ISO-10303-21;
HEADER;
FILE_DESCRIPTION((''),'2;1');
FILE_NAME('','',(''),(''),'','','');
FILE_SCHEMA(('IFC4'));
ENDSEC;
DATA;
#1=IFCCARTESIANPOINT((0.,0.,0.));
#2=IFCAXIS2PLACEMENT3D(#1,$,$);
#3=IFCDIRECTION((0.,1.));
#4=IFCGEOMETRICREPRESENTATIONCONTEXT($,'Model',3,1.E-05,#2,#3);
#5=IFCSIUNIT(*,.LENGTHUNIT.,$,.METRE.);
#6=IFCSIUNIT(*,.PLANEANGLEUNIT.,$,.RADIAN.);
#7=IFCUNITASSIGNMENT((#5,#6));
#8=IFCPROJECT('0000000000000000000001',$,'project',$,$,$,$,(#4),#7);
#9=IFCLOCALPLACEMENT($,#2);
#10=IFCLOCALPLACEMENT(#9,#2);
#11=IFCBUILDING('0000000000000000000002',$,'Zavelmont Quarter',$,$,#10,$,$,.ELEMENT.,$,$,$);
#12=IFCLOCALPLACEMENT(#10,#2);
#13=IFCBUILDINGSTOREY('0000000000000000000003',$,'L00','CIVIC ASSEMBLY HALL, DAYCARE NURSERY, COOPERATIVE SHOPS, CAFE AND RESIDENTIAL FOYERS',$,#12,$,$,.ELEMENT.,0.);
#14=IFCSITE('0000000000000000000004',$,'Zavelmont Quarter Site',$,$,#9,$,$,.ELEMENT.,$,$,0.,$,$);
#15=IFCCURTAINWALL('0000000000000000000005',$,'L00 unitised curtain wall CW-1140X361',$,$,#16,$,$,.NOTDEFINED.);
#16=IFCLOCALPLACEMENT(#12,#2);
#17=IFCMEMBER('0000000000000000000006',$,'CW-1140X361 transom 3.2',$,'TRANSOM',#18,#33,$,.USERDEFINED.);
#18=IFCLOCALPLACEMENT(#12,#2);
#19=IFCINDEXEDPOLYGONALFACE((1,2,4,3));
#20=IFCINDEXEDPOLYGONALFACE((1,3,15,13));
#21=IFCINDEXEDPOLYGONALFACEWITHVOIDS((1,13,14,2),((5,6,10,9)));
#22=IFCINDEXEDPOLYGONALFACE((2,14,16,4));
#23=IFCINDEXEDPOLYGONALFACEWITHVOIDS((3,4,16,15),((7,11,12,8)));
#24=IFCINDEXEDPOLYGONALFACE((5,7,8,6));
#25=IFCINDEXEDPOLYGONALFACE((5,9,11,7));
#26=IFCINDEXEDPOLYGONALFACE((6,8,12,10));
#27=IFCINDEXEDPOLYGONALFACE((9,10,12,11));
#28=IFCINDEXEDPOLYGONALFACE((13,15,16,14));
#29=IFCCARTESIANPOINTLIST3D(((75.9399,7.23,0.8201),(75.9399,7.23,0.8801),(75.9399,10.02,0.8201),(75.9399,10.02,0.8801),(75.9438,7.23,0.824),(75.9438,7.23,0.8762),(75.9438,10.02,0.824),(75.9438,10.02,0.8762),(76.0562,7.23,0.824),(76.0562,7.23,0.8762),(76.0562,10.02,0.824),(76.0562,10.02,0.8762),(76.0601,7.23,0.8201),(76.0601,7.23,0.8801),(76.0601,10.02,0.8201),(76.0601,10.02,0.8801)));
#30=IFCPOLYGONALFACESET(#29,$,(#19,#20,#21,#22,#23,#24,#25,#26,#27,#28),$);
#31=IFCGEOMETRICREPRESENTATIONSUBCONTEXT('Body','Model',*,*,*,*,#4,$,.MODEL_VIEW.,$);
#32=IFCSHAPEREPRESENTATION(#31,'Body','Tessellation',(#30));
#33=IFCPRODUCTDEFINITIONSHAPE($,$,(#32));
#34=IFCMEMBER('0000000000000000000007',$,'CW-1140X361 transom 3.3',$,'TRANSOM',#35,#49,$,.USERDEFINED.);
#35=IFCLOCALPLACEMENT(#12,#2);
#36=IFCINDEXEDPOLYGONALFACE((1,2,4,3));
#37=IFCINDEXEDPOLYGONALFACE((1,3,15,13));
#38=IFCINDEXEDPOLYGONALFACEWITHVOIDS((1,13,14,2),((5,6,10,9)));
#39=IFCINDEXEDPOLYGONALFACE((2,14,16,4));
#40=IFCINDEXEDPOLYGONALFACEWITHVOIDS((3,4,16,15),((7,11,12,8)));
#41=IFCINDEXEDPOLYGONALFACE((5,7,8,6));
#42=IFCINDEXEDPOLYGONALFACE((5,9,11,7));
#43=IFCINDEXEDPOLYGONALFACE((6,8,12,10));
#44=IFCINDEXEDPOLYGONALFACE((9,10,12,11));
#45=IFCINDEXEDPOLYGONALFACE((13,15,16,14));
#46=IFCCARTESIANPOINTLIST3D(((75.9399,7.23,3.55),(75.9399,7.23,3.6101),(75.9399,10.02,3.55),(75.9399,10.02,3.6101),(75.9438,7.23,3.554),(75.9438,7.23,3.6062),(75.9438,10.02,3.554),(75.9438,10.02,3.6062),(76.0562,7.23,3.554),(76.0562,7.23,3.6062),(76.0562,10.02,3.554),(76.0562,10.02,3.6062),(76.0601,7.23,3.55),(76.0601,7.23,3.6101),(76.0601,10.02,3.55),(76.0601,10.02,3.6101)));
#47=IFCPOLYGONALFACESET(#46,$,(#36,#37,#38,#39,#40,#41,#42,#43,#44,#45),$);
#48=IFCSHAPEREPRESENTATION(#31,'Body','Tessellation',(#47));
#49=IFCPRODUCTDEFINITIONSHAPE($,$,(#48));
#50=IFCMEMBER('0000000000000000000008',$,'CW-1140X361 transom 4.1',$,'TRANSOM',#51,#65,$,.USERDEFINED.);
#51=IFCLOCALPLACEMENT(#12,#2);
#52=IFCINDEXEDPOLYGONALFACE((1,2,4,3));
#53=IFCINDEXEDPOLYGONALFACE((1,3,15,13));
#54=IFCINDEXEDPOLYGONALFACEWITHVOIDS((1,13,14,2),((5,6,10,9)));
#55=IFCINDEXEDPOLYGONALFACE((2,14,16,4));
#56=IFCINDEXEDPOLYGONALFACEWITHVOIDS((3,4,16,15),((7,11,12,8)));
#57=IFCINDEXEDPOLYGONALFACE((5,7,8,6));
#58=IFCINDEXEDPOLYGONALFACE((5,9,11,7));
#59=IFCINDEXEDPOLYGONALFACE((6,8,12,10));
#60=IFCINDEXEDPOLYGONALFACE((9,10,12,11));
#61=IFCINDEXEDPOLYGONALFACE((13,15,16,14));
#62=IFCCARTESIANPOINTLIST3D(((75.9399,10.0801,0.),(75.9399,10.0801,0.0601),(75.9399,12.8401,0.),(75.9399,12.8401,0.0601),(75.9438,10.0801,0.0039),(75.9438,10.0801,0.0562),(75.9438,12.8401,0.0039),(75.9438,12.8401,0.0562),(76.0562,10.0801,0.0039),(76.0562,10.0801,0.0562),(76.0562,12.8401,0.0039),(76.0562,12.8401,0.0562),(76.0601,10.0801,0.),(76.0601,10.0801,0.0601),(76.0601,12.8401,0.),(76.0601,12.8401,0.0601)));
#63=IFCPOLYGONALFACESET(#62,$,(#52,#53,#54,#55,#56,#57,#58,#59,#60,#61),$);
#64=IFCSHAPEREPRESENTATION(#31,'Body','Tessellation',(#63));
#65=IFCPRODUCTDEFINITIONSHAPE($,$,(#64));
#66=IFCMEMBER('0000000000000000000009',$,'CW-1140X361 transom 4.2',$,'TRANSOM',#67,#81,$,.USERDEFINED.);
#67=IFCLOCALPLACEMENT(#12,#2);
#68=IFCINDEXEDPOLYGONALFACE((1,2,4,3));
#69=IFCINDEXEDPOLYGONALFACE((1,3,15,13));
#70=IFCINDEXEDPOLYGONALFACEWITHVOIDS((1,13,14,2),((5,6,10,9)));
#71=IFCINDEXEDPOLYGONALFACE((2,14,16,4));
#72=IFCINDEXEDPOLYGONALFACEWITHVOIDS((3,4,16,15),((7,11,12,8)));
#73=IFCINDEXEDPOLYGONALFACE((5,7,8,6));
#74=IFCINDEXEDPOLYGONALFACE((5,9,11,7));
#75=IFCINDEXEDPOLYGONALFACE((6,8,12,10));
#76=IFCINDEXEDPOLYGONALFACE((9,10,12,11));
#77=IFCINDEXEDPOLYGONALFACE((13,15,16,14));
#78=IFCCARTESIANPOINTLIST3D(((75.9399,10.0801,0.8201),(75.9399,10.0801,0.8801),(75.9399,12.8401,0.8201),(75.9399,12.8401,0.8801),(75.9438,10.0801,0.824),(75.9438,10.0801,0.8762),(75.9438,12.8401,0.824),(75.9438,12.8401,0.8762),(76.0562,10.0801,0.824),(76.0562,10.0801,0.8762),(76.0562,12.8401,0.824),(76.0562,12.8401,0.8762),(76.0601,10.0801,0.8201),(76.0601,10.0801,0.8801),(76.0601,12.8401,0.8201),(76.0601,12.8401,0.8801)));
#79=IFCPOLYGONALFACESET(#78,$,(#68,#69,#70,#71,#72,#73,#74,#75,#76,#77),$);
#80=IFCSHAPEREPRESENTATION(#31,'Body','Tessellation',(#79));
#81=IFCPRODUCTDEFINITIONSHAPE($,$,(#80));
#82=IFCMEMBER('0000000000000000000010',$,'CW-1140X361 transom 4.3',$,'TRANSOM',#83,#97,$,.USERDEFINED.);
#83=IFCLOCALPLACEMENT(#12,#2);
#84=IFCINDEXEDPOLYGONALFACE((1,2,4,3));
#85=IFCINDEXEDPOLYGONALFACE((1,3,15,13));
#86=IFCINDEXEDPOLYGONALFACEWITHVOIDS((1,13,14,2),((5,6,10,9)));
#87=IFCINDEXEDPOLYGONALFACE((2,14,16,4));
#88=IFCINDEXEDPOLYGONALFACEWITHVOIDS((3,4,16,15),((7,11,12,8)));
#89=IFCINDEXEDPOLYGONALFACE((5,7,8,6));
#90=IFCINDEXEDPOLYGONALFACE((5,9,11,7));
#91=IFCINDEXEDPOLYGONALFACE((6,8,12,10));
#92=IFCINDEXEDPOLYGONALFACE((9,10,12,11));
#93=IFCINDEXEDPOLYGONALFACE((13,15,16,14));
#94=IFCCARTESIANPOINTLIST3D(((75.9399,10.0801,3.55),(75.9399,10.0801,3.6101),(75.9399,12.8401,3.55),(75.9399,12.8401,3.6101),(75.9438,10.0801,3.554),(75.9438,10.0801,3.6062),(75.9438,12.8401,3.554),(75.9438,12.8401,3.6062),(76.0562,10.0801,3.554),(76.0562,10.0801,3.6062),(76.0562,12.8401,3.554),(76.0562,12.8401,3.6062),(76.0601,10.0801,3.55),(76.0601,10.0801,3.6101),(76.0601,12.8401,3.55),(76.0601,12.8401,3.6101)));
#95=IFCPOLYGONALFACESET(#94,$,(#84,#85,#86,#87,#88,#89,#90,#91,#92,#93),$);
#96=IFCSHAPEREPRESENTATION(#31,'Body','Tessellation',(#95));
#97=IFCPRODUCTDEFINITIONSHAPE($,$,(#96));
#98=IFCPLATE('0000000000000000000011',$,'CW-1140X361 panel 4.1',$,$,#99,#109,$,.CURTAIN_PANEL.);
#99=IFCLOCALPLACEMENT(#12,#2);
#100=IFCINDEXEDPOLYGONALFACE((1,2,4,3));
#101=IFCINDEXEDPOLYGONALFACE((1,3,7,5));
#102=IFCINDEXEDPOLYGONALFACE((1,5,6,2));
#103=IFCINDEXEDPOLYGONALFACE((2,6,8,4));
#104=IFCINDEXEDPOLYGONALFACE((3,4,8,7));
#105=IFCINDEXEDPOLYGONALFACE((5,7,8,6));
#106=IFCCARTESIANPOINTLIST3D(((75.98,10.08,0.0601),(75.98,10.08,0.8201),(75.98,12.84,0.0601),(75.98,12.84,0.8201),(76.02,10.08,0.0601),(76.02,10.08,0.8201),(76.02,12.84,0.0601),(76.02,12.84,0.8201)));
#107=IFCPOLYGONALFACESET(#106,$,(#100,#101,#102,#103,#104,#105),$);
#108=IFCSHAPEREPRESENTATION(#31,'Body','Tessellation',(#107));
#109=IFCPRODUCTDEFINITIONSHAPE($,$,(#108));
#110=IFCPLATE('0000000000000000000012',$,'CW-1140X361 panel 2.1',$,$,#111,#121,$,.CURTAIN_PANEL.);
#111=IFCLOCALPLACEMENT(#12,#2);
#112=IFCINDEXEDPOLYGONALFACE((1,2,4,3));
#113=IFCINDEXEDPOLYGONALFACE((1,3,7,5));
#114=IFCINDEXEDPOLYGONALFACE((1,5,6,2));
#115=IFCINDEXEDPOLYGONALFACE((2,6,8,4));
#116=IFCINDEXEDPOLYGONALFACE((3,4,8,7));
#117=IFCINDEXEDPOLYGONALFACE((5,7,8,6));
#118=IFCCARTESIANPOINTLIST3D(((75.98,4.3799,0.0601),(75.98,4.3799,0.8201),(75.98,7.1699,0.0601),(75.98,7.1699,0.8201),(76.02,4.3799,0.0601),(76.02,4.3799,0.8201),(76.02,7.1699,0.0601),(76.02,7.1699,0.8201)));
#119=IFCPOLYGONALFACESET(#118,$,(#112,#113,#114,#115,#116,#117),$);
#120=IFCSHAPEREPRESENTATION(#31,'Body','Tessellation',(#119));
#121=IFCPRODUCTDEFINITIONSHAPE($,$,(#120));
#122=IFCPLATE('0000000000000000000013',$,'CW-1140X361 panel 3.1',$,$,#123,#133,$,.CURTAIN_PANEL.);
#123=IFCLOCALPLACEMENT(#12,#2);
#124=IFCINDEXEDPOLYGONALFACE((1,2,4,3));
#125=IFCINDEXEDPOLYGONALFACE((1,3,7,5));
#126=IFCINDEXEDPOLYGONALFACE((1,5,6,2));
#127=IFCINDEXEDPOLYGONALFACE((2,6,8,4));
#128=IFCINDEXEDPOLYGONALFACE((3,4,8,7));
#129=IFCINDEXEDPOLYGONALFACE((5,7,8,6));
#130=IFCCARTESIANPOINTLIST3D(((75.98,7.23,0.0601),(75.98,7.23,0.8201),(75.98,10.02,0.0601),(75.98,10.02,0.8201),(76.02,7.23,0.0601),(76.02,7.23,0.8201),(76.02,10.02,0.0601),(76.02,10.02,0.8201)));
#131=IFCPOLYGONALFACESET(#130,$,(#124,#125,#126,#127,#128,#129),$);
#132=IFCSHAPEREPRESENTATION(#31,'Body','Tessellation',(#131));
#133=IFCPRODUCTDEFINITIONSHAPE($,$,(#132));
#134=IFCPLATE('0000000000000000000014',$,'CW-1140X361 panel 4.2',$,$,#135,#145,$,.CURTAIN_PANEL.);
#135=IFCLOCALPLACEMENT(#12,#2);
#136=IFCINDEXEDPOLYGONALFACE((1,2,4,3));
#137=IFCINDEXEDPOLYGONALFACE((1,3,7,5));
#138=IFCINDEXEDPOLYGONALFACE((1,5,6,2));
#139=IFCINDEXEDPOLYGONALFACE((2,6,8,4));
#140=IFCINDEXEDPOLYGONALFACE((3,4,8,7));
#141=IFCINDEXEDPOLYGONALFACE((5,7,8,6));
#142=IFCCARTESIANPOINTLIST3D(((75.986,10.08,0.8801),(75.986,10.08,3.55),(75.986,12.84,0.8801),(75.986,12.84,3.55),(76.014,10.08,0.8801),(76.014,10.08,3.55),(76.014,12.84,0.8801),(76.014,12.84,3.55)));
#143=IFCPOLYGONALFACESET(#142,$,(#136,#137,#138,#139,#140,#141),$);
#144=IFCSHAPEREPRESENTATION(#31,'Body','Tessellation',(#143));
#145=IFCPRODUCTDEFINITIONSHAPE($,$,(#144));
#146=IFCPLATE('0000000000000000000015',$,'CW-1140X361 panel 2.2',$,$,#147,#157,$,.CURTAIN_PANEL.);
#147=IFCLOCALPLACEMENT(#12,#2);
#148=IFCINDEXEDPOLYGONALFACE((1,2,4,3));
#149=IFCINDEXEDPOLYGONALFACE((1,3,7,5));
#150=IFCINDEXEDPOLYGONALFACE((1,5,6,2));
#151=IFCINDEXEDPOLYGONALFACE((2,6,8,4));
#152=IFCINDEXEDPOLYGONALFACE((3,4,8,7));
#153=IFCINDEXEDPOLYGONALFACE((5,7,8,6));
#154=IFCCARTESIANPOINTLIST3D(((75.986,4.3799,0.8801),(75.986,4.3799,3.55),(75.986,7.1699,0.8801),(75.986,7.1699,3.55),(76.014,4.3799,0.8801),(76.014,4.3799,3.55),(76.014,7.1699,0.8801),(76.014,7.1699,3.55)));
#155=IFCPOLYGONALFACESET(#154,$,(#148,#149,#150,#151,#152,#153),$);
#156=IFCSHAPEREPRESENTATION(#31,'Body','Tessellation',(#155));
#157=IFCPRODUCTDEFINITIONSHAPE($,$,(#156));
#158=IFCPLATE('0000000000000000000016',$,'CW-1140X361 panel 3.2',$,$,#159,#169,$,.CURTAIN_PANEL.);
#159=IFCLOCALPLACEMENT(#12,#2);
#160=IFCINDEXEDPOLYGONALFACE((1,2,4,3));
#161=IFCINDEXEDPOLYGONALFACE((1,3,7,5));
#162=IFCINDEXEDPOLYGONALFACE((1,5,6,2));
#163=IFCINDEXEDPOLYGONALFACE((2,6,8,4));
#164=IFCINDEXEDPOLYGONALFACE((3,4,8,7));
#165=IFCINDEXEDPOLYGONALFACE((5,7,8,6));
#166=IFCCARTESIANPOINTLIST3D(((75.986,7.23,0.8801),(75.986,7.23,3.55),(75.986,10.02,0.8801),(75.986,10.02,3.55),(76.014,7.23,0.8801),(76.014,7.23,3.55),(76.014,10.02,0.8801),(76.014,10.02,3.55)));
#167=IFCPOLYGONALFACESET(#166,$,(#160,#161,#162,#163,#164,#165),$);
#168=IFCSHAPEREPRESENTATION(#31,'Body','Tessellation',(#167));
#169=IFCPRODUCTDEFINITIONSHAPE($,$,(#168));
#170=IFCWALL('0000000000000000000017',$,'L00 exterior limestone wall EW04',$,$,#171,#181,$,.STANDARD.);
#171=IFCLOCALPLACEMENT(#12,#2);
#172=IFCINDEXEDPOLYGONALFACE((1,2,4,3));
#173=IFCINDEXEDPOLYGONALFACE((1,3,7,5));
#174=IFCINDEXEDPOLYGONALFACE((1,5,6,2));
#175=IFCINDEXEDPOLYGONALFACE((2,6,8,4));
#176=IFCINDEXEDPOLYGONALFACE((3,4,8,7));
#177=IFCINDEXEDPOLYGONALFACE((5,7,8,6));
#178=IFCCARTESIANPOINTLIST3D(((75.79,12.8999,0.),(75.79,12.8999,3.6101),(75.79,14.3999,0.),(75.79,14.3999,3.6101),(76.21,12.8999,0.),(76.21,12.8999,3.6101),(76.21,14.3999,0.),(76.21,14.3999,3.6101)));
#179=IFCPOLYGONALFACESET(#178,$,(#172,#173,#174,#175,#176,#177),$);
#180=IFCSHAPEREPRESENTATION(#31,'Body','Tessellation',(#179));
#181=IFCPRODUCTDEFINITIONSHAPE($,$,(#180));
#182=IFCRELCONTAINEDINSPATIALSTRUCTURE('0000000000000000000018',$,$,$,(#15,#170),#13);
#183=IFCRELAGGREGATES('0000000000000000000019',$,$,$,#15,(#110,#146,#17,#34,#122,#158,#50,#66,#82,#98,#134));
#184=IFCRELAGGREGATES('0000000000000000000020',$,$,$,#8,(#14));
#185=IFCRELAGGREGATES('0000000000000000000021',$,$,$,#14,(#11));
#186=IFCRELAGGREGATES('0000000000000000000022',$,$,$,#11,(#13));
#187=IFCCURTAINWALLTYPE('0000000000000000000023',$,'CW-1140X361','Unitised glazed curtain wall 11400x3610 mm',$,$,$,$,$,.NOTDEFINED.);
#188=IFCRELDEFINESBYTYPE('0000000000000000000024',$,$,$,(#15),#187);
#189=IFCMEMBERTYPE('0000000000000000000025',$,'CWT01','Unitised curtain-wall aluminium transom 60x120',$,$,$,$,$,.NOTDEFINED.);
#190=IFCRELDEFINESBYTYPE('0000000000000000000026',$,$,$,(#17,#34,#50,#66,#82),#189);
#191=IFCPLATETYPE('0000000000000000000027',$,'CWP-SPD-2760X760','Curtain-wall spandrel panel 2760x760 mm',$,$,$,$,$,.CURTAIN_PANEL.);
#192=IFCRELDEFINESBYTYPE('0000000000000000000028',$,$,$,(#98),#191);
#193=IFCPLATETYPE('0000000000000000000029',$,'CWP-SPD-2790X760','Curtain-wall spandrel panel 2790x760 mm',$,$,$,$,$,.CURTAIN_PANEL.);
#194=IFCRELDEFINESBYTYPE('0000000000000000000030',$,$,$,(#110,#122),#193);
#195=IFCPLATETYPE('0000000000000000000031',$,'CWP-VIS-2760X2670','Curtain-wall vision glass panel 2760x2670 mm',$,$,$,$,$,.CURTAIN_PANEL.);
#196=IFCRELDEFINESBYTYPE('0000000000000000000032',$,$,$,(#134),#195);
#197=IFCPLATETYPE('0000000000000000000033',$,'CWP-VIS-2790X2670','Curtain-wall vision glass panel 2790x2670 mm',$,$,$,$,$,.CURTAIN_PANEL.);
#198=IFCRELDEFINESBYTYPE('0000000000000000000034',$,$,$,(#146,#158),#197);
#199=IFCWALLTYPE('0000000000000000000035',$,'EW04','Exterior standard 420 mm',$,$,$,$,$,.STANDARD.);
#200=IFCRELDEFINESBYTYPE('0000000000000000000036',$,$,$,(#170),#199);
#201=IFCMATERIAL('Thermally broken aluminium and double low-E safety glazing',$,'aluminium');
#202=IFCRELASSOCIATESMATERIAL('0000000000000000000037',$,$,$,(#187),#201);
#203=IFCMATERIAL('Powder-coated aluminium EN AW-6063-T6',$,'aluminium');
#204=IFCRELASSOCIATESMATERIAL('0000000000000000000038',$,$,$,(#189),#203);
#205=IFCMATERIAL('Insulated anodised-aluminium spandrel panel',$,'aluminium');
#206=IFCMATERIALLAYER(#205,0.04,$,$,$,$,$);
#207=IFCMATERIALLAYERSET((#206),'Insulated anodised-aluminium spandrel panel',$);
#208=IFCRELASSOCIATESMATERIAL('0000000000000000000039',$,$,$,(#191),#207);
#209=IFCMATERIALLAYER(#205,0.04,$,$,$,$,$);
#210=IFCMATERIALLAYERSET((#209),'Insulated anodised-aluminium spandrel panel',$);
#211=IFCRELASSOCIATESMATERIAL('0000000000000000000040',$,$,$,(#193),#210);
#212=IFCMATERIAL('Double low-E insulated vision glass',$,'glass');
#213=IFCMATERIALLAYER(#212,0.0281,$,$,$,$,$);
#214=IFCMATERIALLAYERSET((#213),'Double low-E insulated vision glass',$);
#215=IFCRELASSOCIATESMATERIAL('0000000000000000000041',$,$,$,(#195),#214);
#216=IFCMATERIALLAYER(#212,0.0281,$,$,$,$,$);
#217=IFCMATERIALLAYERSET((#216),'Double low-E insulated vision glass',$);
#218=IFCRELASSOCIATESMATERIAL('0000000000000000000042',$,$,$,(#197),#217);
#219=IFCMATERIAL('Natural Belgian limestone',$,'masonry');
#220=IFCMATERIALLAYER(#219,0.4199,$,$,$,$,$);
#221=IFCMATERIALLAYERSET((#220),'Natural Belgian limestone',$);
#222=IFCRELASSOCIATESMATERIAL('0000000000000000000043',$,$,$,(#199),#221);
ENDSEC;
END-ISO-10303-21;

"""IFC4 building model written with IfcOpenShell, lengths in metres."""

from ifc_helpers import new_model, si_unit, direction, frame, frame_2d, origin, origin_2d, place, context, subcontext, project, spatial, rectangle, hollow_rectangle, extrude, material, layer, layer_set, material_profile, profile_set, type_object, element, aggregate, save


model = new_model("IFC4")

# Units and contexts
model_context = context("Model", 3, precision=1e-05, world=origin(), true_north=direction((0.0, 1.0)))
body_context = subcontext(model_context, "Body", "Model", "MODEL_VIEW")
ifc_project = project(units=[si_unit("LENGTHUNIT", "METRE"), si_unit("PLANEANGLEUNIT", "RADIAN")], contexts=[model_context])

# Site, building, storey
site_placement = place(None, origin())
site = spatial("IfcSite", under=ifc_project, at=site_placement, Name="Zavelmont Quarter Site", CompositionType="ELEMENT", RefElevation=0.0)
building_placement = place(site_placement, origin())
building = spatial("IfcBuilding", under=site, at=building_placement, Name="Zavelmont Quarter", CompositionType="ELEMENT")
storey_placement = place(building_placement, origin())
storey = spatial("IfcBuildingStorey", under=building, at=storey_placement, Name="L00", Description="CIVIC ASSEMBLY HALL, DAYCARE NURSERY, COOPERATIVE SHOPS, CAFE AND RESIDENTIAL FOYERS", CompositionType="ELEMENT", Elevation=0.0)

# Curtain wall, members, plates
ifc_material_1 = material(Name="Thermally broken aluminium and double low-E safety glazing", Category="aluminium")
curtain_wall_type = type_object("IfcCurtainWallType", Name="CW-1140X361", Description="Unitised glazed curtain wall 11400x3610 mm", PredefinedType="NOTDEFINED", material=ifc_material_1)
curtain_wall_placement = place(storey_placement, origin())
curtain_wall = element("IfcCurtainWall", 1, at=curtain_wall_placement, inside=storey, type_object=curtain_wall_type, Name="L00 unitised curtain wall CW-1140X361", PredefinedType="NOTDEFINED")
ifc_material_2 = material(Name="Powder-coated aluminium EN AW-6063-T6", Category="aluminium")
ifc_material_profile_1 = material_profile(ifc_material_2, hollow_rectangle(XDim=0.1201, YDim=0.0601, WallThickness=0.0039, at=origin_2d()), Name="CWT60X120")
ifc_profile_set_1 = profile_set([ifc_material_profile_1], Name="Powder-coated aluminium EN AW-6063-T6")
member_type_1 = type_object("IfcMemberType", Name="CWT01", Description="Unitised curtain-wall aluminium transom 60x120", PredefinedType="NOTDEFINED", material=ifc_profile_set_1)
member_1_placement = place(storey_placement, frame((76.0, 7.23, 0.8501), z_axis=(0.0, 1.0, 0.0), x_axis=(-1.0, 0.0, 0.0)))
member_1 = element("IfcMember", 2, at=member_1_placement, type_object=member_type_1, Name="CW-1140X361 transom 3.2", ObjectType="TRANSOM", PredefinedType="USERDEFINED", context=body_context, shape_type="SweptSolid", body=[
    extrude(hollow_rectangle(XDim=0.1201, YDim=0.0601, WallThickness=0.0039, at=origin_2d()), origin(), (0.0, 0.0, 1.0), 2.79),
])
member_2_placement = place(storey_placement, frame((76.0, 7.23, 3.5801), z_axis=(0.0, 1.0, 0.0), x_axis=(-1.0, 0.0, 0.0)))
member_2 = element("IfcMember", 3, at=member_2_placement, type_object=member_type_1, Name="CW-1140X361 transom 3.3", ObjectType="TRANSOM", PredefinedType="USERDEFINED", context=body_context, shape_type="SweptSolid", body=[
    extrude(hollow_rectangle(XDim=0.1201, YDim=0.0601, WallThickness=0.0039, at=origin_2d()), origin(), (0.0, 0.0, 1.0), 2.79),
])
member_3_placement = place(storey_placement, frame((76.0, 10.0801, 0.03), z_axis=(0.0, 1.0, 0.0), x_axis=(-1.0, 0.0, 0.0)))
member_3 = element("IfcMember", 4, at=member_3_placement, type_object=member_type_1, Name="CW-1140X361 transom 4.1", ObjectType="TRANSOM", PredefinedType="USERDEFINED", context=body_context, shape_type="SweptSolid", body=[
    extrude(hollow_rectangle(XDim=0.1201, YDim=0.0601, WallThickness=0.0039, at=origin_2d()), origin(), (0.0, 0.0, 1.0), 2.76),
])
member_4_placement = place(storey_placement, frame((76.0, 10.0801, 0.8501), z_axis=(0.0, 1.0, 0.0), x_axis=(-1.0, 0.0, 0.0)))
member_4 = element("IfcMember", 5, at=member_4_placement, type_object=member_type_1, Name="CW-1140X361 transom 4.2", ObjectType="TRANSOM", PredefinedType="USERDEFINED", context=body_context, shape_type="SweptSolid", body=[
    extrude(hollow_rectangle(XDim=0.1201, YDim=0.0601, WallThickness=0.0039, at=origin_2d()), origin(), (0.0, 0.0, 1.0), 2.76),
])
member_5_placement = place(storey_placement, frame((76.0, 10.0801, 3.5801), z_axis=(0.0, 1.0, 0.0), x_axis=(-1.0, 0.0, 0.0)))
member_5 = element("IfcMember", 6, at=member_5_placement, type_object=member_type_1, Name="CW-1140X361 transom 4.3", ObjectType="TRANSOM", PredefinedType="USERDEFINED", context=body_context, shape_type="SweptSolid", body=[
    extrude(hollow_rectangle(XDim=0.1201, YDim=0.0601, WallThickness=0.0039, at=origin_2d()), origin(), (0.0, 0.0, 1.0), 2.76),
])
ifc_material_3 = material(Name="Insulated anodised-aluminium spandrel panel", Category="aluminium")
ifc_layer_1 = layer(ifc_material_3, 0.04)
ifc_layer_set_1 = layer_set([ifc_layer_1], Name="Insulated anodised-aluminium spandrel panel")
plate_type_1 = type_object("IfcPlateType", Name="CWP-SPD-2760X760", Description="Curtain-wall spandrel panel 2760x760 mm", PredefinedType="CURTAIN_PANEL", material=ifc_layer_set_1)
plate_1_placement = place(storey_placement, frame((76.0, 11.46, 0.0601), z_axis=(0.0, 0.0, 1.0), x_axis=(0.0, 1.0, 0.0)))
plate_1 = element("IfcPlate", 7, at=plate_1_placement, type_object=plate_type_1, Name="CW-1140X361 panel 4.1", PredefinedType="CURTAIN_PANEL", context=body_context, shape_type="SweptSolid", body=[
    extrude(rectangle(XDim=2.76, YDim=0.04, at=origin_2d()), origin(), (0.0, 0.0, 1.0), 0.76),
])
ifc_layer_2 = layer(ifc_material_3, 0.04)
ifc_layer_set_2 = layer_set([ifc_layer_2], Name="Insulated anodised-aluminium spandrel panel")
plate_type_2 = type_object("IfcPlateType", Name="CWP-SPD-2790X760", Description="Curtain-wall spandrel panel 2790x760 mm", PredefinedType="CURTAIN_PANEL", material=ifc_layer_set_2)
plate_2_placement = place(storey_placement, frame((76.0, 5.7749, 0.0601), z_axis=(0.0, 0.0, 1.0), x_axis=(0.0, 1.0, 0.0)))
plate_2 = element("IfcPlate", 8, at=plate_2_placement, type_object=plate_type_2, Name="CW-1140X361 panel 2.1", PredefinedType="CURTAIN_PANEL", context=body_context, shape_type="SweptSolid", body=[
    extrude(rectangle(XDim=2.79, YDim=0.04, at=origin_2d()), origin(), (0.0, 0.0, 1.0), 0.76),
])
plate_3_placement = place(storey_placement, frame((76.0, 8.625, 0.0601), z_axis=(0.0, 0.0, 1.0), x_axis=(0.0, 1.0, 0.0)))
plate_3 = element("IfcPlate", 9, at=plate_3_placement, type_object=plate_type_2, Name="CW-1140X361 panel 3.1", PredefinedType="CURTAIN_PANEL", context=body_context, shape_type="SweptSolid", body=[
    extrude(rectangle(XDim=2.79, YDim=0.04, at=origin_2d()), origin(), (0.0, 0.0, 1.0), 0.76),
])
ifc_material_4 = material(Name="Double low-E insulated vision glass", Category="glass")
ifc_layer_3 = layer(ifc_material_4, 0.0281)
ifc_layer_set_3 = layer_set([ifc_layer_3], Name="Double low-E insulated vision glass")
plate_type_3 = type_object("IfcPlateType", Name="CWP-VIS-2760X2670", Description="Curtain-wall vision glass panel 2760x2670 mm", PredefinedType="CURTAIN_PANEL", material=ifc_layer_set_3)
plate_4_placement = place(storey_placement, frame((76.0, 11.46, 0.8801), z_axis=(0.0, 0.0, 1.0), x_axis=(0.0, 1.0, 0.0)))
plate_4 = element("IfcPlate", 10, at=plate_4_placement, type_object=plate_type_3, Name="CW-1140X361 panel 4.2", PredefinedType="CURTAIN_PANEL", context=body_context, shape_type="SweptSolid", body=[
    extrude(rectangle(XDim=2.76, YDim=0.0281, at=origin_2d()), origin(), (0.0, 0.0, 1.0), 2.6699),
])
ifc_layer_4 = layer(ifc_material_4, 0.0281)
ifc_layer_set_4 = layer_set([ifc_layer_4], Name="Double low-E insulated vision glass")
plate_type_4 = type_object("IfcPlateType", Name="CWP-VIS-2790X2670", Description="Curtain-wall vision glass panel 2790x2670 mm", PredefinedType="CURTAIN_PANEL", material=ifc_layer_set_4)
plate_5_placement = place(storey_placement, frame((76.0, 5.7749, 0.8801), z_axis=(0.0, 0.0, 1.0), x_axis=(0.0, 1.0, 0.0)))
plate_5 = element("IfcPlate", 11, at=plate_5_placement, type_object=plate_type_4, Name="CW-1140X361 panel 2.2", PredefinedType="CURTAIN_PANEL", context=body_context, shape_type="SweptSolid", body=[
    extrude(rectangle(XDim=2.79, YDim=0.0281, at=origin_2d()), origin(), (0.0, 0.0, 1.0), 2.6699),
])
plate_6_placement = place(storey_placement, frame((76.0, 8.625, 0.8801), z_axis=(0.0, 0.0, 1.0), x_axis=(0.0, 1.0, 0.0)))
plate_6 = element("IfcPlate", 12, at=plate_6_placement, type_object=plate_type_4, Name="CW-1140X361 panel 3.2", PredefinedType="CURTAIN_PANEL", context=body_context, shape_type="SweptSolid", body=[
    extrude(rectangle(XDim=2.79, YDim=0.0281, at=origin_2d()), origin(), (0.0, 0.0, 1.0), 2.6699),
])
aggregate(curtain_wall, [plate_2, plate_5, member_1, member_2, plate_3, plate_6, member_3, member_4, member_5, plate_1, plate_4])

# Wall
ifc_material_5 = material(Name="Natural Belgian limestone", Category="masonry")
ifc_layer_5 = layer(ifc_material_5, 0.4199)
ifc_layer_set_5 = layer_set([ifc_layer_5], Name="Natural Belgian limestone")
wall_type = type_object("IfcWallType", Name="EW04", Description="Exterior standard 420 mm", PredefinedType="STANDARD", material=ifc_layer_set_5)
wall_placement = place(storey_placement, frame((76.0, 12.8999, 0.0), z_axis=(0.0, 0.0, 1.0), x_axis=(0.0, 1.0, 0.0)))
element("IfcWall", 13, at=wall_placement, inside=storey, type_object=wall_type, Name="L00 exterior limestone wall EW04", PredefinedType="STANDARD", context=body_context, shape_type="SweptSolid", body=[
    extrude(rectangle(XDim=1.5, YDim=0.4199, at=frame_2d((0.75, 0.0))), origin(), (0.0, 0.0, 1.0), 3.6101),
])

save(model, "model.ifc")
